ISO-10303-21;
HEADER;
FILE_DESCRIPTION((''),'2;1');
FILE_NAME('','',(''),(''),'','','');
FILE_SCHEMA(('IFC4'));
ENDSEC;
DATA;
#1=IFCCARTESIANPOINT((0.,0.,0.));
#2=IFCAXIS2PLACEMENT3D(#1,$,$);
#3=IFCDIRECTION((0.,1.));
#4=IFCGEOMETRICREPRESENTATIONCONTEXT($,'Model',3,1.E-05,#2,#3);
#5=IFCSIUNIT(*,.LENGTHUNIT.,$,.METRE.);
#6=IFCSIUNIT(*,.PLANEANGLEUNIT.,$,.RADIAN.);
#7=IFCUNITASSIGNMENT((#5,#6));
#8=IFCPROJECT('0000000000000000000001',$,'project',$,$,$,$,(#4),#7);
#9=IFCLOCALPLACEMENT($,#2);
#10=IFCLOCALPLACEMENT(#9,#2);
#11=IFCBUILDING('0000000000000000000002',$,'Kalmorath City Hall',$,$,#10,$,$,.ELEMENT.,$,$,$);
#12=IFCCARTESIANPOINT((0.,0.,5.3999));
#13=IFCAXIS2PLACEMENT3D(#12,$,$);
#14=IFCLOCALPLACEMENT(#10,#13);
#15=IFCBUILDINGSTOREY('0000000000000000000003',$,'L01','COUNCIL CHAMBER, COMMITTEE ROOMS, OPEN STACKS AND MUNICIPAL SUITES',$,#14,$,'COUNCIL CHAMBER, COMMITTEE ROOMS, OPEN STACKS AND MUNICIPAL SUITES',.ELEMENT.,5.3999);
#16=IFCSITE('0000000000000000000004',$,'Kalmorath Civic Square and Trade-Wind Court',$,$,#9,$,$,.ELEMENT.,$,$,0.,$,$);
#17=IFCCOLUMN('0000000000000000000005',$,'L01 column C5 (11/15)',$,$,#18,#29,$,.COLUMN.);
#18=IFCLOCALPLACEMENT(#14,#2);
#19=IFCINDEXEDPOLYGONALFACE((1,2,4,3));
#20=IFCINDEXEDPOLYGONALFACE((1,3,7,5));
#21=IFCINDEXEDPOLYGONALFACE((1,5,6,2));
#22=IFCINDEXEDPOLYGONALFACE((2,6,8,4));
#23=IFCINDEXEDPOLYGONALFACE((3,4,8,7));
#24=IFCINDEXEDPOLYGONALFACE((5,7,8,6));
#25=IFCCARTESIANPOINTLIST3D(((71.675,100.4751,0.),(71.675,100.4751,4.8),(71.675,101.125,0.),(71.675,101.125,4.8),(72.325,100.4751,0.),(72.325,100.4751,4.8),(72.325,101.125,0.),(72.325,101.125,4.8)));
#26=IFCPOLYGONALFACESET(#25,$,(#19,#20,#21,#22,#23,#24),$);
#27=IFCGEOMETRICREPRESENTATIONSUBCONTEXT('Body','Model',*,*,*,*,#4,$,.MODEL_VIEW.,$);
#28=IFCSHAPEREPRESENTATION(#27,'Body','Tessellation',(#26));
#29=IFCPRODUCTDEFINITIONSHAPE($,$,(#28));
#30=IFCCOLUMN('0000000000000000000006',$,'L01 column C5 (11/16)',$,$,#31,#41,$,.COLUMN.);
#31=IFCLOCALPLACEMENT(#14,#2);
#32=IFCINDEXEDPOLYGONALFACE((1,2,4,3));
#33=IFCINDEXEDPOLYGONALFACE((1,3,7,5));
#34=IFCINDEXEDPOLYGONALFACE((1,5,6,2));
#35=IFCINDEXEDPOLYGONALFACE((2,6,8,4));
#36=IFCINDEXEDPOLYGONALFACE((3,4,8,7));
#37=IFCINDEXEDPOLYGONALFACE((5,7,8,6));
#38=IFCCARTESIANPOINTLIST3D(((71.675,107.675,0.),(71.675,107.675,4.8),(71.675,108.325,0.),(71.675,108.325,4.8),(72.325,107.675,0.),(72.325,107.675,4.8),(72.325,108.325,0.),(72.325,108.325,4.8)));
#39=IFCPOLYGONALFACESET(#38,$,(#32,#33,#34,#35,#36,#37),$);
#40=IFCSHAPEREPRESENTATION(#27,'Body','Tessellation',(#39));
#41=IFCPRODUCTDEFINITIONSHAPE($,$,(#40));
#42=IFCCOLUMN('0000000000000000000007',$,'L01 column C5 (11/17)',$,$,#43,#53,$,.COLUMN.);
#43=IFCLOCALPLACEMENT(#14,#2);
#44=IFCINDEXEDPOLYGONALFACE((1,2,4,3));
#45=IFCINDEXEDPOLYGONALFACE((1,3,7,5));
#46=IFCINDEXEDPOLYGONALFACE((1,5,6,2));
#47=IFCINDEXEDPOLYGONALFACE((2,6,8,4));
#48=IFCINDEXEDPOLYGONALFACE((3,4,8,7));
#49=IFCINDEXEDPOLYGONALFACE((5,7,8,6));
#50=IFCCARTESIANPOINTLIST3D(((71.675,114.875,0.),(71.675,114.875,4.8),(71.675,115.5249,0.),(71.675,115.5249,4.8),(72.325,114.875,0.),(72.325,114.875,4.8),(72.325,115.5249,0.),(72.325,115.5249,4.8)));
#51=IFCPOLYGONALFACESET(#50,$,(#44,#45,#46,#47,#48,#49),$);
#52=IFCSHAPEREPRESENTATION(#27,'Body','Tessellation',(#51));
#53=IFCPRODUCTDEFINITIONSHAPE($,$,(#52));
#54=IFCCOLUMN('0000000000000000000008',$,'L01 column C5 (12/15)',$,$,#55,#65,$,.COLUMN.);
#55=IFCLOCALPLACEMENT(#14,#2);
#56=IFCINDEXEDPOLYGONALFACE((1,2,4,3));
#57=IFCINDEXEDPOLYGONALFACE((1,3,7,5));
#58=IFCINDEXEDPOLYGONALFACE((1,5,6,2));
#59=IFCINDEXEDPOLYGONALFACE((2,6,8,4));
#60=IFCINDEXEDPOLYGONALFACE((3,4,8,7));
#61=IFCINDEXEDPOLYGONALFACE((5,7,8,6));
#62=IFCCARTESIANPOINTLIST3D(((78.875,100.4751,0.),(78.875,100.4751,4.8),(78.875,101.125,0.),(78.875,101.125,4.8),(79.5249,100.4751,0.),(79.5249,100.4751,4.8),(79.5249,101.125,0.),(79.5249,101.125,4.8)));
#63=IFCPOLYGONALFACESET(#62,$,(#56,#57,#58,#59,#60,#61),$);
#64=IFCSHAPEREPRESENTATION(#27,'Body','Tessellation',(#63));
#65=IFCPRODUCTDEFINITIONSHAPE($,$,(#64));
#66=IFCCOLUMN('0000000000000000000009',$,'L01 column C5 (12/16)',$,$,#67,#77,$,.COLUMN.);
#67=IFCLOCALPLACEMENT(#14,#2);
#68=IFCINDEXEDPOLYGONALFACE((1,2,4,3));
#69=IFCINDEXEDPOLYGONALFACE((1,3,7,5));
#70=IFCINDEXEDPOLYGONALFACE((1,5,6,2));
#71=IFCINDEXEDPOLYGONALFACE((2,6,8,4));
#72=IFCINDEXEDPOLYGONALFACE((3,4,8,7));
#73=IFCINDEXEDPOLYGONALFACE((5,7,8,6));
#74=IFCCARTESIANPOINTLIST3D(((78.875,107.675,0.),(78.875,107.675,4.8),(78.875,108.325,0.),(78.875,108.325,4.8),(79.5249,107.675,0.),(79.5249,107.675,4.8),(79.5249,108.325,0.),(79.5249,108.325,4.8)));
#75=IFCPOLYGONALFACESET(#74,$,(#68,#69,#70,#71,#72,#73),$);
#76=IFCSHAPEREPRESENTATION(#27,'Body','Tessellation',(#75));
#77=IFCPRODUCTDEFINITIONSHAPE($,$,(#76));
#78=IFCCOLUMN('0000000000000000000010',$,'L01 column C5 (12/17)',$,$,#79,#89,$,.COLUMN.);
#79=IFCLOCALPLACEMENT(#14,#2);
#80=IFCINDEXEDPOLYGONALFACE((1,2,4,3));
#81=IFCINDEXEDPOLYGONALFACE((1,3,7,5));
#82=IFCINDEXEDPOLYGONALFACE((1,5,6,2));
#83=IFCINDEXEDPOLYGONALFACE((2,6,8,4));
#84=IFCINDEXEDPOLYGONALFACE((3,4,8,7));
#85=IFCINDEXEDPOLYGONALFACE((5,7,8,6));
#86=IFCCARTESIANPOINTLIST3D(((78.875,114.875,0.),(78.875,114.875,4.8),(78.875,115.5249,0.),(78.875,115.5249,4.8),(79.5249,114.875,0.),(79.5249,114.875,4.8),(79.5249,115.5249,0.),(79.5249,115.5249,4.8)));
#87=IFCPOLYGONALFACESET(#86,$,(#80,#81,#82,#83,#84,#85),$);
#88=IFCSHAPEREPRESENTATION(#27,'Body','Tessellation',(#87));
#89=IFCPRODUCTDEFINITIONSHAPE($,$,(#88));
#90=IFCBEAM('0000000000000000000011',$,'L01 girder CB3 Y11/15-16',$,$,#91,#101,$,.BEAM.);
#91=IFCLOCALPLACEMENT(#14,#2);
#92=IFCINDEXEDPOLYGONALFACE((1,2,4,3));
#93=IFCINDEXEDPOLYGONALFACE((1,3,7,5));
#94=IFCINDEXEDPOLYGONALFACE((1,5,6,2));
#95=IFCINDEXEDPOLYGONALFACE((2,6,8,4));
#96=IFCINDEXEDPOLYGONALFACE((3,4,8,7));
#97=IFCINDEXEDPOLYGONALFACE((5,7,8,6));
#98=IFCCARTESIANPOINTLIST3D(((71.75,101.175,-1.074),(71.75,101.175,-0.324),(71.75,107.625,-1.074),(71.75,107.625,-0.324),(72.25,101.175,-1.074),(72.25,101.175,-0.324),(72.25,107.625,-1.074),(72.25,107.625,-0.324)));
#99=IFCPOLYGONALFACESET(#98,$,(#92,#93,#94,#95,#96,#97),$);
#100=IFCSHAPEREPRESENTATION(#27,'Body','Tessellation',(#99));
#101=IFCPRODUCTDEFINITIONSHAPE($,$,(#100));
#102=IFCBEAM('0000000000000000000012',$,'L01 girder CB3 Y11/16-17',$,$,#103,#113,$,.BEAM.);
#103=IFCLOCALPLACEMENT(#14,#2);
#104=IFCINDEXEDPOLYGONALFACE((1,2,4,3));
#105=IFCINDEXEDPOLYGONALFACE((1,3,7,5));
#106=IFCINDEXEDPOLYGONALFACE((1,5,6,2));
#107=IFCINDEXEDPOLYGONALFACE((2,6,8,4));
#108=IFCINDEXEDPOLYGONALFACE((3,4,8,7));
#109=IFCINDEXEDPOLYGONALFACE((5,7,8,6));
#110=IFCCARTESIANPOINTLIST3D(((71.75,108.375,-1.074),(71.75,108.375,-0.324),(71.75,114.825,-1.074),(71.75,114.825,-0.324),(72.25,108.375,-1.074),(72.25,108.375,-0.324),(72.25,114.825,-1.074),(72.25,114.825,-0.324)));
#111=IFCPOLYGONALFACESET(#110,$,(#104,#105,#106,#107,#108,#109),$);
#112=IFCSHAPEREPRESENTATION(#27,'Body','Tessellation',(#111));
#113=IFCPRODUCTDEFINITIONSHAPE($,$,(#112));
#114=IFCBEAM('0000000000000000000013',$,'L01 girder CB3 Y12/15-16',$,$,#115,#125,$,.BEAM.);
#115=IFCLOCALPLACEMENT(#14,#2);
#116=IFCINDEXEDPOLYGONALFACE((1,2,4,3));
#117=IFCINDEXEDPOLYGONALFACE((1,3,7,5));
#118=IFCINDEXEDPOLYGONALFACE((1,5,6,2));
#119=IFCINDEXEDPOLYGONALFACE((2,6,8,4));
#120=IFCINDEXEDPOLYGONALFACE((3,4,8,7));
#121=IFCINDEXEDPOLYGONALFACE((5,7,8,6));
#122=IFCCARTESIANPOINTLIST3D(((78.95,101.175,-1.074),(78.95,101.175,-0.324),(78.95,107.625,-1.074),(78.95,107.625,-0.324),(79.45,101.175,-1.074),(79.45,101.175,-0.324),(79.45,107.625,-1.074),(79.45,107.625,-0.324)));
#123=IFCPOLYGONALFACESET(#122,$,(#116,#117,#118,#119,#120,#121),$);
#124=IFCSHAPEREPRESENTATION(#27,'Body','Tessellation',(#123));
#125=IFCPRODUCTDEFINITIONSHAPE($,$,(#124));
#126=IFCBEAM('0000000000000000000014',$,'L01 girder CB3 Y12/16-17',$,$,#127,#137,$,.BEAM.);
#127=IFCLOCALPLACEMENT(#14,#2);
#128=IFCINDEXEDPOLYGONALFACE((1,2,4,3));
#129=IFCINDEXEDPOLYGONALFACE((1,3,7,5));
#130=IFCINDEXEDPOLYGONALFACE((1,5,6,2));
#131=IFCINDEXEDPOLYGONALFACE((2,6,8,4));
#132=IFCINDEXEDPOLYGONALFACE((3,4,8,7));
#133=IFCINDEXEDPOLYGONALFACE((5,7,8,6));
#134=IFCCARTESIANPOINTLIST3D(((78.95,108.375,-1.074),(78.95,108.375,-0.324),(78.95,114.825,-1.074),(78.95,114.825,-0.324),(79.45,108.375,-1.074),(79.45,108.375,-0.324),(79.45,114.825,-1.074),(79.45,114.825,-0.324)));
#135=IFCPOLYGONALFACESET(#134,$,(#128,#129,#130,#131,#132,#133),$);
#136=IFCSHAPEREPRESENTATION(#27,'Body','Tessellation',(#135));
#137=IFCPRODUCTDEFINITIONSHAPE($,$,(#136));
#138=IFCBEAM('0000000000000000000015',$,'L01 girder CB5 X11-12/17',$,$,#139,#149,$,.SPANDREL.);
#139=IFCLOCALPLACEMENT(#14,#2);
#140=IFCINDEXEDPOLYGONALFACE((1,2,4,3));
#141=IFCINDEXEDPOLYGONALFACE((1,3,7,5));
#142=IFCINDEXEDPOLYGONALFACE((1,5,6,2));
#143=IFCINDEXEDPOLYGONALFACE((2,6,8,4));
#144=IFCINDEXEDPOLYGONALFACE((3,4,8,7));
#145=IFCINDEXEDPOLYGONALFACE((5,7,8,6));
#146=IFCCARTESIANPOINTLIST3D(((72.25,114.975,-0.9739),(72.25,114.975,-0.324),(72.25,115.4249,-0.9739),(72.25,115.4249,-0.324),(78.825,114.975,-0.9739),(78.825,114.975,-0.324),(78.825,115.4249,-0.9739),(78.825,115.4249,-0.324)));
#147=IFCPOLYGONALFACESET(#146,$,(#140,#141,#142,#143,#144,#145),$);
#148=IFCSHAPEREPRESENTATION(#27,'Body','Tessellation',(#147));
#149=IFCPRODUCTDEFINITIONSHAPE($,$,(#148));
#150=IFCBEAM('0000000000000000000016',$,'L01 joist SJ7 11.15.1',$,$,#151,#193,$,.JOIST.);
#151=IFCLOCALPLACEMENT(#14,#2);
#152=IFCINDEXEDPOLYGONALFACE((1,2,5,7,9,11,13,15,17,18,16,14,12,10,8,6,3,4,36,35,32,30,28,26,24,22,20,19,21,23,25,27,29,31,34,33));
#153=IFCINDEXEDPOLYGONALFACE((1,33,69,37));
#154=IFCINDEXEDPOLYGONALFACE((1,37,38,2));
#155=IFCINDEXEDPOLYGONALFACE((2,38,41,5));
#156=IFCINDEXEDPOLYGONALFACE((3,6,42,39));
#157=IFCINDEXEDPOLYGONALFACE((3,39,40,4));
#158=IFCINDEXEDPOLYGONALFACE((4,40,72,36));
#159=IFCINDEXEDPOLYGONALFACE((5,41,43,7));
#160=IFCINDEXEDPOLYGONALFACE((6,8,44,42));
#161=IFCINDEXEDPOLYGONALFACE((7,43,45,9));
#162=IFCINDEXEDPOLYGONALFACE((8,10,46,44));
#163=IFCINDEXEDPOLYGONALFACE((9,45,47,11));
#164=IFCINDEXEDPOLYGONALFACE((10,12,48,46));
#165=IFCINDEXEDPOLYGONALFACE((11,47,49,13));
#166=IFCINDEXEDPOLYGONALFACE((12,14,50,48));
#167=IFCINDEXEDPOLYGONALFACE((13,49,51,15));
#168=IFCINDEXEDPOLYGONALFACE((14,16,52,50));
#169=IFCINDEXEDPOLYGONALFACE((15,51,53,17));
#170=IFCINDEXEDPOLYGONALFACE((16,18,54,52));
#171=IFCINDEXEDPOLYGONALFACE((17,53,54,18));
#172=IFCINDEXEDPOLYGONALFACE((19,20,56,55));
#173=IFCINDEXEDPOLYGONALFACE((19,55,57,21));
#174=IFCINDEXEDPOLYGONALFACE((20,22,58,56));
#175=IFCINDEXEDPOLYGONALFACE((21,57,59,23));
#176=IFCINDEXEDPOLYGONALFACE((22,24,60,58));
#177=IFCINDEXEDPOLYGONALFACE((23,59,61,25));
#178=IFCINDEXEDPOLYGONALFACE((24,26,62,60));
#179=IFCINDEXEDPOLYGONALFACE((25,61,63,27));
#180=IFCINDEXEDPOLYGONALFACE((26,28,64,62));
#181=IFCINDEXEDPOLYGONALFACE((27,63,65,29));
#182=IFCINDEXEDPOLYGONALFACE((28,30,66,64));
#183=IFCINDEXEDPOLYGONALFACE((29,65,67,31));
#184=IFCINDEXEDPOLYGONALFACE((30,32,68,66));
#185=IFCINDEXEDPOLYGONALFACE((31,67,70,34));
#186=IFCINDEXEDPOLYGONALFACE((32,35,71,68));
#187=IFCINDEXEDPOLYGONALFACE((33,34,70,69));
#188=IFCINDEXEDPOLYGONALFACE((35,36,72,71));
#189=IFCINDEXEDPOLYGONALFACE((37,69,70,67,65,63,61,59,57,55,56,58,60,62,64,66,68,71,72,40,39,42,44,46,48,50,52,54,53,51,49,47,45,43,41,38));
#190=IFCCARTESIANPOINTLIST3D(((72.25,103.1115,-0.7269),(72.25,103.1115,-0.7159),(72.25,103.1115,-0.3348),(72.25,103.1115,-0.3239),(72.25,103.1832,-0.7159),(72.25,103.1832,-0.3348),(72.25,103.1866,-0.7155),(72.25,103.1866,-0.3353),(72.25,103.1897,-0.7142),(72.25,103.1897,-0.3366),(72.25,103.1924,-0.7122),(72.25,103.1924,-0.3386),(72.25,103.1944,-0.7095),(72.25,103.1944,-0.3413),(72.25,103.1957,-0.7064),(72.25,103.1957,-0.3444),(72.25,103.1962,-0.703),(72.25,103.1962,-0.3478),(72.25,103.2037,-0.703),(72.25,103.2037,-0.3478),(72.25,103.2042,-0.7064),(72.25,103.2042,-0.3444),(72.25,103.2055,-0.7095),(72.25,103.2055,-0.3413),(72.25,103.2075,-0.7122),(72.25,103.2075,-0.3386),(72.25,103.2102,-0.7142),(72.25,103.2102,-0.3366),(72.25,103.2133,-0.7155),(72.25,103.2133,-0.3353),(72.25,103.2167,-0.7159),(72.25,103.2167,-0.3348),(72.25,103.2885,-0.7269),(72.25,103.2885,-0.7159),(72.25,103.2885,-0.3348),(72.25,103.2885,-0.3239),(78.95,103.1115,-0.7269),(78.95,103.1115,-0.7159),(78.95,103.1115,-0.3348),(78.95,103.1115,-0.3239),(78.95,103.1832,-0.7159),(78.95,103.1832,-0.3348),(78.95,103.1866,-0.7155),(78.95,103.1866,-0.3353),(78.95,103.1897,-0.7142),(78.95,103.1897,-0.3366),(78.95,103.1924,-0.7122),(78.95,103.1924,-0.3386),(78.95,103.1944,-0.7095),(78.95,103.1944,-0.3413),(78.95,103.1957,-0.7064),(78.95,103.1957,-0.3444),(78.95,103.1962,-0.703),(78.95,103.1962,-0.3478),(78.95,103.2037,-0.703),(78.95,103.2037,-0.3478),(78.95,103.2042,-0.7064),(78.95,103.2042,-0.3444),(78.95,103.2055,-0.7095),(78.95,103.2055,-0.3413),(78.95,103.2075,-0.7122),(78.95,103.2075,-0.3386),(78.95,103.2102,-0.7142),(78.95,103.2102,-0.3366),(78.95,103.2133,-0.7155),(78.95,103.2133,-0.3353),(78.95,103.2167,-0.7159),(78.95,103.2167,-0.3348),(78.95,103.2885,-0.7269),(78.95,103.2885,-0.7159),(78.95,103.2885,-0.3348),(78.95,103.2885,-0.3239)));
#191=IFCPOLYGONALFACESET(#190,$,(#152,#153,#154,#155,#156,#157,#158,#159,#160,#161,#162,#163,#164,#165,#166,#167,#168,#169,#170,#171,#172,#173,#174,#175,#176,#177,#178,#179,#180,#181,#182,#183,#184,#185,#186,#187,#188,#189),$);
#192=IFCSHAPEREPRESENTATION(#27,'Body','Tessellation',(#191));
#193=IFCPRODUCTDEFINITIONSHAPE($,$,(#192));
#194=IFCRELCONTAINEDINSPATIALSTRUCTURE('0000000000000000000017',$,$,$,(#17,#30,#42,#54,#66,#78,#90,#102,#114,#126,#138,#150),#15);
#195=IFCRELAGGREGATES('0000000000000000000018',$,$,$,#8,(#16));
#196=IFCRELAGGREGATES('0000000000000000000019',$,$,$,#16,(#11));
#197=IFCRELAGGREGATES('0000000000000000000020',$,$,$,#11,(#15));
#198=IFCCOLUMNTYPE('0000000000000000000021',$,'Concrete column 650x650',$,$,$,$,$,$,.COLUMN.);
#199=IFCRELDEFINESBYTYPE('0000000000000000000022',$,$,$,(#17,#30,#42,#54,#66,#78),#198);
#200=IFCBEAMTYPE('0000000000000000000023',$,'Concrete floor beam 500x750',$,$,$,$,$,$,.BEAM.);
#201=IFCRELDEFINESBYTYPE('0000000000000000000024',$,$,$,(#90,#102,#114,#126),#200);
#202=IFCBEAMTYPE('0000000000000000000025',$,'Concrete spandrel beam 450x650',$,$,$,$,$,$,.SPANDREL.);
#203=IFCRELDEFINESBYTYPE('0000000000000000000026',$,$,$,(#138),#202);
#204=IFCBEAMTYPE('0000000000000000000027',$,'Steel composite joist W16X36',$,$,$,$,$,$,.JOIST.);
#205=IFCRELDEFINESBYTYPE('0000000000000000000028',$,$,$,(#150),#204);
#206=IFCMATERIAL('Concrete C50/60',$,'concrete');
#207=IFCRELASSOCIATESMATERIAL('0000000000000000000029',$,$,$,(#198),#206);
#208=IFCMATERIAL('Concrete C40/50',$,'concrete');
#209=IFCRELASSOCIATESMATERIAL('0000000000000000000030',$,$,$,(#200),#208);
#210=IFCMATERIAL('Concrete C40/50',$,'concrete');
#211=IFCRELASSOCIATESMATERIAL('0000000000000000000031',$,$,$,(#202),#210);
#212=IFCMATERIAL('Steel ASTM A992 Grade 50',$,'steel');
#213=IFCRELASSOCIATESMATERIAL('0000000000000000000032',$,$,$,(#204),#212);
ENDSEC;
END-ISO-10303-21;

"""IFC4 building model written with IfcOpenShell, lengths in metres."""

from ifc_helpers import new_model, si_unit, direction, frame, origin, origin_2d, place, context, subcontext, project, spatial, rectangle, i_section, extrude, material, material_profile, profile_set, type_object, element, save


model = new_model("IFC4")

# Units and contexts
model_context = context("Model", 3, precision=1e-05, world=origin(), true_north=direction((0.0, 1.0)))
body_context = subcontext(model_context, "Body", "Model", "MODEL_VIEW")
ifc_project = project(units=[si_unit("LENGTHUNIT", "METRE"), si_unit("PLANEANGLEUNIT", "RADIAN")], contexts=[model_context])

# Site, building, storey
site_placement = place(None, origin())
site = spatial("IfcSite", under=ifc_project, at=site_placement, Name="Kalmorath Civic Square and Trade-Wind Court", CompositionType="ELEMENT", RefElevation=0.0)
building_placement = place(site_placement, origin())
building = spatial("IfcBuilding", under=site, at=building_placement, Name="Kalmorath City Hall", CompositionType="ELEMENT")
storey_placement = place(building_placement, frame((0.0, 0.0, 5.3999)))
storey = spatial("IfcBuildingStorey", under=building, at=storey_placement, Name="L01", Description="COUNCIL CHAMBER, COMMITTEE ROOMS, OPEN STACKS AND MUNICIPAL SUITES", LongName="COUNCIL CHAMBER, COMMITTEE ROOMS, OPEN STACKS AND MUNICIPAL SUITES", CompositionType="ELEMENT", Elevation=5.3999)

# Columns
ifc_material_1 = material(Name="Concrete C50/60", Category="concrete")
ifc_material_profile_1 = material_profile(ifc_material_1, rectangle(XDim=0.6499, YDim=0.6499, at=origin_2d()), Name="RC-COL-650X650")
ifc_profile_set_1 = profile_set([ifc_material_profile_1], Name="Concrete C50/60")
column_type = type_object("IfcColumnType", Name="Concrete column 650x650", PredefinedType="COLUMN", material=ifc_profile_set_1)
for number, where, z_axis, x_axis, name in (
    (1, (72.0, 100.8, 0.0), (0.0, 0.0, 1.0), (1.0, 0.0, 0.0), "L01 column C5 (11/15)"),
    (2, (72.0, 108.0, 0.0), (0.0, 0.0, 1.0), (1.0, 0.0, 0.0), "L01 column C5 (11/16)"),
    (3, (72.0, 115.2, 0.0), (0.0, 0.0, 1.0), (1.0, 0.0, 0.0), "L01 column C5 (11/17)"),
    (4, (79.2, 100.8, 0.0), (0.0, 0.0, 1.0), (1.0, 0.0, 0.0), "L01 column C5 (12/15)"),
    (5, (79.2, 108.0, 0.0), (0.0, 0.0, 1.0), (1.0, 0.0, 0.0), "L01 column C5 (12/16)"),
    (6, (79.2, 115.2, 0.0), (0.0, 0.0, 1.0), (1.0, 0.0, 0.0), "L01 column C5 (12/17)"),
):
    element("IfcColumn", number, at=place(storey_placement, frame(where, z_axis=z_axis, x_axis=x_axis)), inside=storey, type_object=column_type, Name=name, PredefinedType="COLUMN", context=body_context, shape_type="SweptSolid", body=[
        extrude(rectangle(XDim=0.6499, YDim=0.6499, at=origin_2d()), origin(), (0.0, 0.0, 1.0), 4.8),
    ])

# Beams
ifc_material_2 = material(Name="Concrete C40/50", Category="concrete")
ifc_material_profile_2 = material_profile(ifc_material_2, rectangle(XDim=0.5, YDim=0.75, at=origin_2d()), Name="RC-BM-500X750")
ifc_profile_set_2 = profile_set([ifc_material_profile_2], Name="Concrete C40/50")
beam_type_1 = type_object("IfcBeamType", Name="Concrete floor beam 500x750", PredefinedType="BEAM", material=ifc_profile_set_2)
for number, where, z_axis, x_axis, name in (
    (7, (72.0, 101.175, -0.699), (0.0, 1.0, 0.0), (-1.0, 0.0, 0.0), "L01 girder CB3 Y11/15-16"),
    (8, (72.0, 108.375, -0.699), (0.0, 1.0, 0.0), (-1.0, 0.0, 0.0), "L01 girder CB3 Y11/16-17"),
    (9, (79.2, 101.175, -0.699), (0.0, 1.0, 0.0), (-1.0, 0.0, 0.0), "L01 girder CB3 Y12/15-16"),
    (10, (79.2, 108.375, -0.699), (0.0, 1.0, 0.0), (-1.0, 0.0, 0.0), "L01 girder CB3 Y12/16-17"),
):
    element("IfcBeam", number, at=place(storey_placement, frame(where, z_axis=z_axis, x_axis=x_axis)), inside=storey, type_object=beam_type_1, Name=name, PredefinedType="BEAM", context=body_context, shape_type="SweptSolid", body=[
        extrude(rectangle(XDim=0.5, YDim=0.75, at=origin_2d()), origin(), (0.0, 0.0, 1.0), 6.45),
    ])
ifc_material_3 = material(Name="Concrete C40/50", Category="concrete")
ifc_material_profile_3 = material_profile(ifc_material_3, rectangle(XDim=0.45, YDim=0.6499, at=origin_2d()), Name="RC-BM-450X650")
ifc_profile_set_3 = profile_set([ifc_material_profile_3], Name="Concrete C40/50")
beam_type_2 = type_object("IfcBeamType", Name="Concrete spandrel beam 450x650", PredefinedType="SPANDREL", material=ifc_profile_set_3)
beam_placement = place(storey_placement, frame((72.25, 115.2, -0.6489), z_axis=(1.0, 0.0, 0.0), x_axis=(0.0, 1.0, 0.0)))
element("IfcBeam", 11, at=beam_placement, inside=storey, type_object=beam_type_2, Name="L01 girder CB5 X11-12/17", PredefinedType="SPANDREL", context=body_context, shape_type="SweptSolid", body=[
    extrude(rectangle(XDim=0.45, YDim=0.6499, at=origin_2d()), origin(), (0.0, 0.0, 1.0), 6.575),
])
ifc_material_4 = material(Name="Steel ASTM A992 Grade 50", Category="steel")
ifc_material_profile_4 = material_profile(ifc_material_4, i_section(OverallWidth=0.177, OverallDepth=0.4031, WebThickness=0.0076, FlangeThickness=0.011, FilletRadius=0.0129, at=origin_2d()), Name="W16X36")
ifc_profile_set_4 = profile_set([ifc_material_profile_4], Name="Steel ASTM A992 Grade 50")
beam_type_3 = type_object("IfcBeamType", Name="Steel composite joist W16X36", PredefinedType="JOIST", material=ifc_profile_set_4)
for number, where, z_axis, x_axis, name in (
    (12, (72.25, 103.2, -0.5254), (1.0, 0.0, 0.0), (0.0, 1.0, 0.0), "L01 joist SJ7 11.15.1"),
):
    element("IfcBeam", number, at=place(storey_placement, frame(where, z_axis=z_axis, x_axis=x_axis)), inside=storey, type_object=beam_type_3, Name=name, PredefinedType="JOIST", context=body_context, shape_type="SweptSolid", body=[
        extrude(i_section(OverallWidth=0.177, OverallDepth=0.4031, WebThickness=0.0076, FlangeThickness=0.011, FilletRadius=0.0129, at=origin_2d()), origin(), (0.0, 0.0, 1.0), 6.7),
    ])

save(model, "model.ifc")
